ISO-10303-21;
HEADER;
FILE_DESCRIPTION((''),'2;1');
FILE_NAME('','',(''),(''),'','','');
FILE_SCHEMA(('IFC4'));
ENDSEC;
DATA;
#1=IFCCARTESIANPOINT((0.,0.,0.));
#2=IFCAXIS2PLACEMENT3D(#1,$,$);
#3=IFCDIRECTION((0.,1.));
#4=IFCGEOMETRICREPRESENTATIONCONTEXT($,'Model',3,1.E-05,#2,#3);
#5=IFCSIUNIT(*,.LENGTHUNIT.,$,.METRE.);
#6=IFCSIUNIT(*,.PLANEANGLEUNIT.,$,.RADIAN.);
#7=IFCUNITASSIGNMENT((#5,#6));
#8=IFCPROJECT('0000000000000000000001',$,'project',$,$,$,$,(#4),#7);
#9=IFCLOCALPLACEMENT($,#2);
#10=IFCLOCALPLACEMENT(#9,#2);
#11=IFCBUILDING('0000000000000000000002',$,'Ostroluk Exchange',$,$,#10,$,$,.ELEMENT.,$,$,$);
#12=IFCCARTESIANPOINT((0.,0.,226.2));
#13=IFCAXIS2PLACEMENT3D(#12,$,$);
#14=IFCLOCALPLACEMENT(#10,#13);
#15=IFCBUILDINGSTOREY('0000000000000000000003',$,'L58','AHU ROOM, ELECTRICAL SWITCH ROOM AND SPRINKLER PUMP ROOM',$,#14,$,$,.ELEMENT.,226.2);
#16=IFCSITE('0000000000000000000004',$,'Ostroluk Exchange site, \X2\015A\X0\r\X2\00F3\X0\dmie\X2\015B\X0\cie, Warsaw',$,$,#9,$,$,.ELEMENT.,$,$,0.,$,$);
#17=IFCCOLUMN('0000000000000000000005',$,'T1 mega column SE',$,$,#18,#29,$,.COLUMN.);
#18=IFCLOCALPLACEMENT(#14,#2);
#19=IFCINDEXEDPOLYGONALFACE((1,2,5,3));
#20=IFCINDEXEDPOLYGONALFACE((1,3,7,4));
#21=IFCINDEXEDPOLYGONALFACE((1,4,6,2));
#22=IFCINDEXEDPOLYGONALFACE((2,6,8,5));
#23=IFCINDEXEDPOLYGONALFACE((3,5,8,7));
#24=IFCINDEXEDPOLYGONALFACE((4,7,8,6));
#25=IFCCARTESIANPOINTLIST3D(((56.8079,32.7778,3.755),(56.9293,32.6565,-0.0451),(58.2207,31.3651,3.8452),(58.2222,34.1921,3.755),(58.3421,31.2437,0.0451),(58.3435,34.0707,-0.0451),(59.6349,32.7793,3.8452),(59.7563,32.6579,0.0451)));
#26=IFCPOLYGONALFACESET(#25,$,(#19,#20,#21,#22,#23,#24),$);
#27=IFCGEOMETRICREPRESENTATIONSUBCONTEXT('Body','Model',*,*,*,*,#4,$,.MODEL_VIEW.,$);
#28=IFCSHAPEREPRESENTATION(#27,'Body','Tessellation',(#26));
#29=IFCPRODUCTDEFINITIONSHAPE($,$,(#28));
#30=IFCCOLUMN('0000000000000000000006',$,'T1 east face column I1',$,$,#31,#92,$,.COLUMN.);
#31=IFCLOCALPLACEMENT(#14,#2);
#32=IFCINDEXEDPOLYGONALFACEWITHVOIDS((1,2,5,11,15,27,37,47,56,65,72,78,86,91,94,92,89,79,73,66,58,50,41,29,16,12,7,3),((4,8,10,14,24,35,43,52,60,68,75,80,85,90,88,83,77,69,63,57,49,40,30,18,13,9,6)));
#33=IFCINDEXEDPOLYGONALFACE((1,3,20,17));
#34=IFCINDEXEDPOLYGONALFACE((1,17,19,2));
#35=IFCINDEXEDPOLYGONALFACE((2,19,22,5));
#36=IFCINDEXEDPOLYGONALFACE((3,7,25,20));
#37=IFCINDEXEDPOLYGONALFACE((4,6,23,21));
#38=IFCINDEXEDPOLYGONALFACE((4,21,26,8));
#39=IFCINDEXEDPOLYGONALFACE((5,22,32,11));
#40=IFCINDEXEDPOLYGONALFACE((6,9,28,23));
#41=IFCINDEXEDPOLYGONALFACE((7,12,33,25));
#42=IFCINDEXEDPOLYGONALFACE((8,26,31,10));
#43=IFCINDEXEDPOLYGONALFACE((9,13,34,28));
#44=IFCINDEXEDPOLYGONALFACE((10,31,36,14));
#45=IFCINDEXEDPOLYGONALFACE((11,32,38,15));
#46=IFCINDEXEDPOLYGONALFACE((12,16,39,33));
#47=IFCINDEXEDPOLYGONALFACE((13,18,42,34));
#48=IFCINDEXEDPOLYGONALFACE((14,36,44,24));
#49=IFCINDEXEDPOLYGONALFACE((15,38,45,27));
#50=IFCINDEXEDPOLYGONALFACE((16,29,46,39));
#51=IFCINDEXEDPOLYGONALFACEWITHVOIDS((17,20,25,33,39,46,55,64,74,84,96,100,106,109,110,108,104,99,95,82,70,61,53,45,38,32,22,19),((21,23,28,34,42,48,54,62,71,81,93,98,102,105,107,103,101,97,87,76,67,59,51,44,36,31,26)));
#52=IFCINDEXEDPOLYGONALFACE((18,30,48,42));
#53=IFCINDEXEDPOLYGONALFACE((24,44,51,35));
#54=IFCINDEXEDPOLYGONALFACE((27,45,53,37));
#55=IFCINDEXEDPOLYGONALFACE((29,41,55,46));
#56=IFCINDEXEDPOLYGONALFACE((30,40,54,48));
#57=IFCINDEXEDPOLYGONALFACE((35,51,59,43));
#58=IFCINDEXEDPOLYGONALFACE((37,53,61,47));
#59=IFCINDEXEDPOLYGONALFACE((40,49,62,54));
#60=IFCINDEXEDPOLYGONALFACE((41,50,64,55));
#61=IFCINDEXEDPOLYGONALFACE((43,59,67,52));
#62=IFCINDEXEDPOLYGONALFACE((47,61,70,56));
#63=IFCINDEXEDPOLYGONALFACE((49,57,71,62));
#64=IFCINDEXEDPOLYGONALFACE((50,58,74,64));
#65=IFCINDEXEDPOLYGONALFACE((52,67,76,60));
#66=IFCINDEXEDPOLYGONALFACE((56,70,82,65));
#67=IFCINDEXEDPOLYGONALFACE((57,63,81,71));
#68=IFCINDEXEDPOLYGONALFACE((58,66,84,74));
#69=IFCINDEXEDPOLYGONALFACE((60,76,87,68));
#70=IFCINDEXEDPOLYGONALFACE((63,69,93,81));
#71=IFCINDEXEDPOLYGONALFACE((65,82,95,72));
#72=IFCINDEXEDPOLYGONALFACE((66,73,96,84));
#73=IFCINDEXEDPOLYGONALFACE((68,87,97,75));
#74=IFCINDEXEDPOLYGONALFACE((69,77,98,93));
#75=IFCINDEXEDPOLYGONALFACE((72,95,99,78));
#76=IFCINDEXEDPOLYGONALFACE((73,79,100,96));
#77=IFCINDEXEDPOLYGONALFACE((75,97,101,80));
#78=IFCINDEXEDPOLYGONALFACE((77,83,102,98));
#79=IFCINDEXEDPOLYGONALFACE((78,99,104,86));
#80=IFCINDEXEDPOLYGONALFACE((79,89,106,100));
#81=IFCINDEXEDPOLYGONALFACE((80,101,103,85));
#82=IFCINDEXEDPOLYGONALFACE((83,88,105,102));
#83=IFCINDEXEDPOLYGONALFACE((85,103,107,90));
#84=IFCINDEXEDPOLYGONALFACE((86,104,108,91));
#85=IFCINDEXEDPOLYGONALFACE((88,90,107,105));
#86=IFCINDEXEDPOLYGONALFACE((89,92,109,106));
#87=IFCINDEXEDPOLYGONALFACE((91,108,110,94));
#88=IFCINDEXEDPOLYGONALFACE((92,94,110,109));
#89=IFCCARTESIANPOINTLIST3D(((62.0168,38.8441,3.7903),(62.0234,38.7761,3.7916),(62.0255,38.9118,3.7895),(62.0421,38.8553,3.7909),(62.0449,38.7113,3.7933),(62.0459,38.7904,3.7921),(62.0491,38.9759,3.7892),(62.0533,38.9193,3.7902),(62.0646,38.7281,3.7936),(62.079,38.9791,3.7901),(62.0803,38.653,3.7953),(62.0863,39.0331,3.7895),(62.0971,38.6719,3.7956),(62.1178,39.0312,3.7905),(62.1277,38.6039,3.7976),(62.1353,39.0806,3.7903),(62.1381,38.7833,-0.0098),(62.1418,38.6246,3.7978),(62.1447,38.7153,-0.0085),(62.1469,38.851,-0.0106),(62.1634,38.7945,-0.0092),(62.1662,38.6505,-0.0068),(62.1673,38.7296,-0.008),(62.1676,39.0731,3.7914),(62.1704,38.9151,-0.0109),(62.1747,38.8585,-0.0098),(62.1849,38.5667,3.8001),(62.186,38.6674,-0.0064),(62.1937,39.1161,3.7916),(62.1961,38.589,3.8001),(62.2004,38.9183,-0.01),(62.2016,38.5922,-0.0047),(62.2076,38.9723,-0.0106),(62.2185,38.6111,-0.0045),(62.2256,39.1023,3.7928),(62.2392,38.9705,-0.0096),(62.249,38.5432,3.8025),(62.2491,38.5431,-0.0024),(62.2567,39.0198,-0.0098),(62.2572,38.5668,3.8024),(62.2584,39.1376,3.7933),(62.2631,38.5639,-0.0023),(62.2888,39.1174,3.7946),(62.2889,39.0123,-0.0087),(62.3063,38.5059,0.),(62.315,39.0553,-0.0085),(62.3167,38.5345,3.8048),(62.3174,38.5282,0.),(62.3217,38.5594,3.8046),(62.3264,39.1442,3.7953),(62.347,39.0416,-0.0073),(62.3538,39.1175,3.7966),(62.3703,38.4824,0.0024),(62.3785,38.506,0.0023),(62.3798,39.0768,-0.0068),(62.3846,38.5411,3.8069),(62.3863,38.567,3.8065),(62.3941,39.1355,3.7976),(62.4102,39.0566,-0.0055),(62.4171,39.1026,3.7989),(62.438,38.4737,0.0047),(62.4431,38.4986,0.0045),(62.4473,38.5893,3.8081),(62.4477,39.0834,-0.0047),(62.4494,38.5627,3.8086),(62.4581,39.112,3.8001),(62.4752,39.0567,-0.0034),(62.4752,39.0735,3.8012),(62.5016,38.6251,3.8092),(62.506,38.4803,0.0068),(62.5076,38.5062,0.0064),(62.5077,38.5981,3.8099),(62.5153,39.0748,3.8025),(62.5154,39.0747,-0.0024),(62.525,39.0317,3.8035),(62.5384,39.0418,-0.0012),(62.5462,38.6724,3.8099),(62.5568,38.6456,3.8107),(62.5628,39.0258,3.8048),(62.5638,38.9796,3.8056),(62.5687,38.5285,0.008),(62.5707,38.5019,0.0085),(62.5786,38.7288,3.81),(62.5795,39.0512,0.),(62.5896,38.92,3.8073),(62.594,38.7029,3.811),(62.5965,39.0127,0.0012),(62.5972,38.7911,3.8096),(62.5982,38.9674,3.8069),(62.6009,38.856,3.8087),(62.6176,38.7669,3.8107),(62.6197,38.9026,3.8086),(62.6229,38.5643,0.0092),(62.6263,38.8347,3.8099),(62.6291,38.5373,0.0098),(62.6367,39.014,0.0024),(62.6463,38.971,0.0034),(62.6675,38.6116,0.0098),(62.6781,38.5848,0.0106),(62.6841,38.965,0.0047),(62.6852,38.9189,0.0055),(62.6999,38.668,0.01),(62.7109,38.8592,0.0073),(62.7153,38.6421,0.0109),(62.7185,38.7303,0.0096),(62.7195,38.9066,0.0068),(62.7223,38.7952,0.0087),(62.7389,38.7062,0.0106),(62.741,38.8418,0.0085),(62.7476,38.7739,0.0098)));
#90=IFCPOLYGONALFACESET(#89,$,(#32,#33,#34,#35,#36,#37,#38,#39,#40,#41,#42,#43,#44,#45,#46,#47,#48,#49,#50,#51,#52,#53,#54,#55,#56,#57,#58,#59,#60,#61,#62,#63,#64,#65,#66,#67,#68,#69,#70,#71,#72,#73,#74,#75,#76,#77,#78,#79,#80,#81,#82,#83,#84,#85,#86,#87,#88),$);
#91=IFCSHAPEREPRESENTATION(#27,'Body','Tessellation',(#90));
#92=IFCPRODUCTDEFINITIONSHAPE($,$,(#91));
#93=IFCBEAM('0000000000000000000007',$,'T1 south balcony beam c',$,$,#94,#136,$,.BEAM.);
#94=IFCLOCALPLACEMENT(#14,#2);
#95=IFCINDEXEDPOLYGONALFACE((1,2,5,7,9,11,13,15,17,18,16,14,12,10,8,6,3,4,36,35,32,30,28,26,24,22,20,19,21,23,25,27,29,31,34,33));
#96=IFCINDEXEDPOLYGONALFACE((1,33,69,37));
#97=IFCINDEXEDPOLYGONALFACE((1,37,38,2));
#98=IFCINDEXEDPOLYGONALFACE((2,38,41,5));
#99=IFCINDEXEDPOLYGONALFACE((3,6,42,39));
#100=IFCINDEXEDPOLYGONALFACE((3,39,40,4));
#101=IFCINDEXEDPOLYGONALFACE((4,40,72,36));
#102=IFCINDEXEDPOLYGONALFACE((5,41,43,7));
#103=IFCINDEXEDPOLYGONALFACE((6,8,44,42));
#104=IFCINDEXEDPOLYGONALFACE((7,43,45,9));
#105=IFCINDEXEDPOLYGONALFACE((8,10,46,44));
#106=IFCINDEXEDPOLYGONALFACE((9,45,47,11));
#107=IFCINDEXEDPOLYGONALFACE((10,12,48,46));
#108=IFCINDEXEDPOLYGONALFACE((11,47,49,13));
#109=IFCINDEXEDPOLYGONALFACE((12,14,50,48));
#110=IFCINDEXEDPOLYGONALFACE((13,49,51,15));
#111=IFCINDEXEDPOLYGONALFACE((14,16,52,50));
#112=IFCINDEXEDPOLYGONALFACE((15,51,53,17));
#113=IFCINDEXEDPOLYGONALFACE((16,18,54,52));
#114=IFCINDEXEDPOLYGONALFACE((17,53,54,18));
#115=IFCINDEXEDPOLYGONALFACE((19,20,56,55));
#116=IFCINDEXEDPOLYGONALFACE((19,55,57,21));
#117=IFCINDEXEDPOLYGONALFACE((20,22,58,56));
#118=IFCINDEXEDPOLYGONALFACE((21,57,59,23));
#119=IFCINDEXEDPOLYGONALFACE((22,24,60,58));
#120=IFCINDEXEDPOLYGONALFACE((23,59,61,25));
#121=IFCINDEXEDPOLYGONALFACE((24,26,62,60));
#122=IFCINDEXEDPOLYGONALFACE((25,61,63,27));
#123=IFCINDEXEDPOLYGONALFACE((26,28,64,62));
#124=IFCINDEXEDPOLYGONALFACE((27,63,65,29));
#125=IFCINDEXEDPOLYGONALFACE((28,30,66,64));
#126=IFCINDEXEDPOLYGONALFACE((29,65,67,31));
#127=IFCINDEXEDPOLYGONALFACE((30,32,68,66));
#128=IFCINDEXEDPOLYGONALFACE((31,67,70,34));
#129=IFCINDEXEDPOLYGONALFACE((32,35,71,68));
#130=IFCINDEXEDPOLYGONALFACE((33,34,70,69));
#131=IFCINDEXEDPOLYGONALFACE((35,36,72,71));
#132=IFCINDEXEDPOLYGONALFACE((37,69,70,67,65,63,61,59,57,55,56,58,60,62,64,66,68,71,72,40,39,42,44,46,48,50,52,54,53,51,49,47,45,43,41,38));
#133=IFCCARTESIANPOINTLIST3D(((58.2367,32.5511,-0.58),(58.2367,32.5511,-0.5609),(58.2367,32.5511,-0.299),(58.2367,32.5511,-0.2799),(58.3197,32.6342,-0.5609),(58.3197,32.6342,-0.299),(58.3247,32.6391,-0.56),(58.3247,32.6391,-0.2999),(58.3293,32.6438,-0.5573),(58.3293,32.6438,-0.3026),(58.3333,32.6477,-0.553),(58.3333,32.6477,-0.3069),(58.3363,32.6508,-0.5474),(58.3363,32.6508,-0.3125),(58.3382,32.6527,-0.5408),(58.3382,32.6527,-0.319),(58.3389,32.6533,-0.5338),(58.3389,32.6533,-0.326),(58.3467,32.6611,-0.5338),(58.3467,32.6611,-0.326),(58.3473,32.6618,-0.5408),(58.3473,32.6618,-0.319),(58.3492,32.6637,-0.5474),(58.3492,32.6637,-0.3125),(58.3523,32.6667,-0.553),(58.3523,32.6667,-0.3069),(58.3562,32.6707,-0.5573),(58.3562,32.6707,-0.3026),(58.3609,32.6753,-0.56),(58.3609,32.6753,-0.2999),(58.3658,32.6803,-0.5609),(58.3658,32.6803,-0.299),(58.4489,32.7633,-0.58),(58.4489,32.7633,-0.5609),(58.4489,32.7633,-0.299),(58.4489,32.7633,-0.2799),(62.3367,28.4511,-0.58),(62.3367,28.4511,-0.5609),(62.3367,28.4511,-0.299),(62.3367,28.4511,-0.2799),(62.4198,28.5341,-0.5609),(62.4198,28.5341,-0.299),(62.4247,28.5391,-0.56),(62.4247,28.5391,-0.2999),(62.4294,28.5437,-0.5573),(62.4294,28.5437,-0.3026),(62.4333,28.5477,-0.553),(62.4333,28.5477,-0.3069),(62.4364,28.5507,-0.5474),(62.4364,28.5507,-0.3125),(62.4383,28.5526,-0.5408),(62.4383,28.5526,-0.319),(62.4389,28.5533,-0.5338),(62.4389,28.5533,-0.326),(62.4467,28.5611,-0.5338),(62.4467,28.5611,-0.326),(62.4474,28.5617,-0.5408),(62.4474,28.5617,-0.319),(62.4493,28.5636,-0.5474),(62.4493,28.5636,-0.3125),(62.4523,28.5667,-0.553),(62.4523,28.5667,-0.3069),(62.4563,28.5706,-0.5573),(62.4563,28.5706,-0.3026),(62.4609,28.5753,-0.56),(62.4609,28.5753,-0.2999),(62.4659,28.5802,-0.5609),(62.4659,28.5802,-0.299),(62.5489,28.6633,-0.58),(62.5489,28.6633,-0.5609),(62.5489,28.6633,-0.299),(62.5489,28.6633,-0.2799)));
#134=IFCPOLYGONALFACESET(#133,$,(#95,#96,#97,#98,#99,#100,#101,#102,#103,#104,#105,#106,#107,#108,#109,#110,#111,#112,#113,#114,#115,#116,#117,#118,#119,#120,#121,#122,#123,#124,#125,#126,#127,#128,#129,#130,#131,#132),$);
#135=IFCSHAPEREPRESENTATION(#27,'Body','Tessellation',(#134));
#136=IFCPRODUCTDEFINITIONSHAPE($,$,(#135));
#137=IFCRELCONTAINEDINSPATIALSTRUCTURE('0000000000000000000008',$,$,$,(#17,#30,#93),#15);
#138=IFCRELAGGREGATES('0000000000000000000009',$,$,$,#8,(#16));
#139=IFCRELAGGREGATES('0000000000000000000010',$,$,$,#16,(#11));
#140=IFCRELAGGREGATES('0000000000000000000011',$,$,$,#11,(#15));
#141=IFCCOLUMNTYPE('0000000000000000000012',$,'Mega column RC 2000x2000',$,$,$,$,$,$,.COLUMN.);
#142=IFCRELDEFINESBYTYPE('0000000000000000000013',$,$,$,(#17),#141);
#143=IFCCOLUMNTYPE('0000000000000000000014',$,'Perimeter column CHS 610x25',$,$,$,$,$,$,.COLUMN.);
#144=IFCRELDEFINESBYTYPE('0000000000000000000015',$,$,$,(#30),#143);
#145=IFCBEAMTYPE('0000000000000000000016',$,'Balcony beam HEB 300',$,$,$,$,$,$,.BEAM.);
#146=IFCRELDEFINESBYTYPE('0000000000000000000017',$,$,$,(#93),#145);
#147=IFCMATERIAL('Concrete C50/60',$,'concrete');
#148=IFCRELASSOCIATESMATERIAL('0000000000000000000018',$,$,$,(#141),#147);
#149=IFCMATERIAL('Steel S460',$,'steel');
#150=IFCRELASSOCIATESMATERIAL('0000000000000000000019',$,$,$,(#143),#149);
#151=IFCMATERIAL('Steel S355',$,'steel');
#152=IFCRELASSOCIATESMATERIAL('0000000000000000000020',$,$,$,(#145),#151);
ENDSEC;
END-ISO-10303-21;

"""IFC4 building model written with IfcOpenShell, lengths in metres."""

from ifc_helpers import new_model, si_unit, direction, frame, origin, origin_2d, place, context, subcontext, project, spatial, rectangle, hollow_circle, i_section, extrude, material, material_profile, profile_set, type_object, element, save


model = new_model("IFC4")

# Units and contexts
model_context = context("Model", 3, precision=1e-05, world=origin(), true_north=direction((0.0, 1.0)))
body_context = subcontext(model_context, "Body", "Model", "MODEL_VIEW")
ifc_project = project(units=[si_unit("LENGTHUNIT", "METRE"), si_unit("PLANEANGLEUNIT", "RADIAN")], contexts=[model_context])

# Site, building, storey
site_placement = place(None, origin())
site = spatial("IfcSite", under=ifc_project, at=site_placement, Name="Ostroluk Exchange site, Śródmieście, Warsaw", CompositionType="ELEMENT", RefElevation=0.0)
building_placement = place(site_placement, origin())
building = spatial("IfcBuilding", under=site, at=building_placement, Name="Ostroluk Exchange", CompositionType="ELEMENT")
storey_placement = place(building_placement, frame((0.0, 0.0, 226.2)))
storey = spatial("IfcBuildingStorey", under=building, at=storey_placement, Name="L58", Description="AHU ROOM, ELECTRICAL SWITCH ROOM AND SPRINKLER PUMP ROOM", CompositionType="ELEMENT", Elevation=226.2)

# Columns
ifc_material_1 = material(Name="Concrete C50/60", Category="concrete")
ifc_material_profile_1 = material_profile(ifc_material_1, rectangle(XDim=2.0, YDim=2.0, at=origin_2d()), Name="RC 2000x2000")
ifc_profile_set_1 = profile_set([ifc_material_profile_1], Name="Concrete C50/60")
column_type_1 = type_object("IfcColumnType", Name="Mega column RC 2000x2000", PredefinedType="COLUMN", material=ifc_profile_set_1)
column_1_placement = place(storey_placement, frame((58.3428, 32.6572, 0.0), z_axis=(-0.031898, 0.031898, 0.998982), x_axis=(-0.707107, -0.707107, 0.0)))
element("IfcColumn", 1, at=column_1_placement, inside=storey, type_object=column_type_1, Name="T1 mega column SE", PredefinedType="COLUMN", context=body_context, shape_type="SweptSolid", body=[
    extrude(rectangle(XDim=2.0, YDim=2.0, at=origin_2d()), origin(), (0.0, 0.0, 1.0), 3.804),
])
ifc_material_2 = material(Name="Steel S460", Category="steel")
ifc_material_profile_2 = material_profile(ifc_material_2, hollow_circle(Radius=0.3049, WallThickness=0.0249, at=origin_2d()), Name="CHS 610x25")
ifc_profile_set_2 = profile_set([ifc_material_profile_2], Name="Steel S460")
column_type_2 = type_object("IfcColumnType", Name="Perimeter column CHS 610x25", PredefinedType="COLUMN", material=ifc_profile_set_2)
column_2_placement = place(storey_placement, frame((62.4429, 38.7786, 0.0), z_axis=(-0.03191, 0.015987, 0.999363), x_axis=(-0.447933, -0.894067, 0.0)))
element("IfcColumn", 2, at=column_2_placement, inside=storey, type_object=column_type_2, Name="T1 east face column I1", PredefinedType="COLUMN", context=body_context, shape_type="SweptSolid", body=[
    extrude(hollow_circle(Radius=0.3049, WallThickness=0.0249, at=origin_2d()), origin(), (0.0, 0.0, 1.0), 3.8025),
])

# Beam
ifc_material_3 = material(Name="Steel S355", Category="steel")
ifc_material_profile_3 = material_profile(ifc_material_3, i_section(OverallWidth=0.3, OverallDepth=0.3, WebThickness=0.011, FlangeThickness=0.019, FilletRadius=0.0271, at=origin_2d()), Name="HEB 300")
ifc_profile_set_3 = profile_set([ifc_material_profile_3], Name="Steel S355")
beam_type_1 = type_object("IfcBeamType", Name="Balcony beam HEB 300", PredefinedType="BEAM", material=ifc_profile_set_3)
beam_placement = place(storey_placement, frame((58.3428, 32.6572, -0.4299), z_axis=(0.707107, -0.707107, 0.0), x_axis=(0.707107, 0.707107, 0.0)))
element("IfcBeam", 3, at=beam_placement, inside=storey, type_object=beam_type_1, Name="T1 south balcony beam c", PredefinedType="BEAM", context=body_context, shape_type="SweptSolid", body=[
    extrude(i_section(OverallWidth=0.3, OverallDepth=0.3, WebThickness=0.011, FlangeThickness=0.019, FilletRadius=0.0271, at=origin_2d()), origin(), (0.0, 0.0, 1.0), 5.7983),
])

save(model, "model.ifc")
